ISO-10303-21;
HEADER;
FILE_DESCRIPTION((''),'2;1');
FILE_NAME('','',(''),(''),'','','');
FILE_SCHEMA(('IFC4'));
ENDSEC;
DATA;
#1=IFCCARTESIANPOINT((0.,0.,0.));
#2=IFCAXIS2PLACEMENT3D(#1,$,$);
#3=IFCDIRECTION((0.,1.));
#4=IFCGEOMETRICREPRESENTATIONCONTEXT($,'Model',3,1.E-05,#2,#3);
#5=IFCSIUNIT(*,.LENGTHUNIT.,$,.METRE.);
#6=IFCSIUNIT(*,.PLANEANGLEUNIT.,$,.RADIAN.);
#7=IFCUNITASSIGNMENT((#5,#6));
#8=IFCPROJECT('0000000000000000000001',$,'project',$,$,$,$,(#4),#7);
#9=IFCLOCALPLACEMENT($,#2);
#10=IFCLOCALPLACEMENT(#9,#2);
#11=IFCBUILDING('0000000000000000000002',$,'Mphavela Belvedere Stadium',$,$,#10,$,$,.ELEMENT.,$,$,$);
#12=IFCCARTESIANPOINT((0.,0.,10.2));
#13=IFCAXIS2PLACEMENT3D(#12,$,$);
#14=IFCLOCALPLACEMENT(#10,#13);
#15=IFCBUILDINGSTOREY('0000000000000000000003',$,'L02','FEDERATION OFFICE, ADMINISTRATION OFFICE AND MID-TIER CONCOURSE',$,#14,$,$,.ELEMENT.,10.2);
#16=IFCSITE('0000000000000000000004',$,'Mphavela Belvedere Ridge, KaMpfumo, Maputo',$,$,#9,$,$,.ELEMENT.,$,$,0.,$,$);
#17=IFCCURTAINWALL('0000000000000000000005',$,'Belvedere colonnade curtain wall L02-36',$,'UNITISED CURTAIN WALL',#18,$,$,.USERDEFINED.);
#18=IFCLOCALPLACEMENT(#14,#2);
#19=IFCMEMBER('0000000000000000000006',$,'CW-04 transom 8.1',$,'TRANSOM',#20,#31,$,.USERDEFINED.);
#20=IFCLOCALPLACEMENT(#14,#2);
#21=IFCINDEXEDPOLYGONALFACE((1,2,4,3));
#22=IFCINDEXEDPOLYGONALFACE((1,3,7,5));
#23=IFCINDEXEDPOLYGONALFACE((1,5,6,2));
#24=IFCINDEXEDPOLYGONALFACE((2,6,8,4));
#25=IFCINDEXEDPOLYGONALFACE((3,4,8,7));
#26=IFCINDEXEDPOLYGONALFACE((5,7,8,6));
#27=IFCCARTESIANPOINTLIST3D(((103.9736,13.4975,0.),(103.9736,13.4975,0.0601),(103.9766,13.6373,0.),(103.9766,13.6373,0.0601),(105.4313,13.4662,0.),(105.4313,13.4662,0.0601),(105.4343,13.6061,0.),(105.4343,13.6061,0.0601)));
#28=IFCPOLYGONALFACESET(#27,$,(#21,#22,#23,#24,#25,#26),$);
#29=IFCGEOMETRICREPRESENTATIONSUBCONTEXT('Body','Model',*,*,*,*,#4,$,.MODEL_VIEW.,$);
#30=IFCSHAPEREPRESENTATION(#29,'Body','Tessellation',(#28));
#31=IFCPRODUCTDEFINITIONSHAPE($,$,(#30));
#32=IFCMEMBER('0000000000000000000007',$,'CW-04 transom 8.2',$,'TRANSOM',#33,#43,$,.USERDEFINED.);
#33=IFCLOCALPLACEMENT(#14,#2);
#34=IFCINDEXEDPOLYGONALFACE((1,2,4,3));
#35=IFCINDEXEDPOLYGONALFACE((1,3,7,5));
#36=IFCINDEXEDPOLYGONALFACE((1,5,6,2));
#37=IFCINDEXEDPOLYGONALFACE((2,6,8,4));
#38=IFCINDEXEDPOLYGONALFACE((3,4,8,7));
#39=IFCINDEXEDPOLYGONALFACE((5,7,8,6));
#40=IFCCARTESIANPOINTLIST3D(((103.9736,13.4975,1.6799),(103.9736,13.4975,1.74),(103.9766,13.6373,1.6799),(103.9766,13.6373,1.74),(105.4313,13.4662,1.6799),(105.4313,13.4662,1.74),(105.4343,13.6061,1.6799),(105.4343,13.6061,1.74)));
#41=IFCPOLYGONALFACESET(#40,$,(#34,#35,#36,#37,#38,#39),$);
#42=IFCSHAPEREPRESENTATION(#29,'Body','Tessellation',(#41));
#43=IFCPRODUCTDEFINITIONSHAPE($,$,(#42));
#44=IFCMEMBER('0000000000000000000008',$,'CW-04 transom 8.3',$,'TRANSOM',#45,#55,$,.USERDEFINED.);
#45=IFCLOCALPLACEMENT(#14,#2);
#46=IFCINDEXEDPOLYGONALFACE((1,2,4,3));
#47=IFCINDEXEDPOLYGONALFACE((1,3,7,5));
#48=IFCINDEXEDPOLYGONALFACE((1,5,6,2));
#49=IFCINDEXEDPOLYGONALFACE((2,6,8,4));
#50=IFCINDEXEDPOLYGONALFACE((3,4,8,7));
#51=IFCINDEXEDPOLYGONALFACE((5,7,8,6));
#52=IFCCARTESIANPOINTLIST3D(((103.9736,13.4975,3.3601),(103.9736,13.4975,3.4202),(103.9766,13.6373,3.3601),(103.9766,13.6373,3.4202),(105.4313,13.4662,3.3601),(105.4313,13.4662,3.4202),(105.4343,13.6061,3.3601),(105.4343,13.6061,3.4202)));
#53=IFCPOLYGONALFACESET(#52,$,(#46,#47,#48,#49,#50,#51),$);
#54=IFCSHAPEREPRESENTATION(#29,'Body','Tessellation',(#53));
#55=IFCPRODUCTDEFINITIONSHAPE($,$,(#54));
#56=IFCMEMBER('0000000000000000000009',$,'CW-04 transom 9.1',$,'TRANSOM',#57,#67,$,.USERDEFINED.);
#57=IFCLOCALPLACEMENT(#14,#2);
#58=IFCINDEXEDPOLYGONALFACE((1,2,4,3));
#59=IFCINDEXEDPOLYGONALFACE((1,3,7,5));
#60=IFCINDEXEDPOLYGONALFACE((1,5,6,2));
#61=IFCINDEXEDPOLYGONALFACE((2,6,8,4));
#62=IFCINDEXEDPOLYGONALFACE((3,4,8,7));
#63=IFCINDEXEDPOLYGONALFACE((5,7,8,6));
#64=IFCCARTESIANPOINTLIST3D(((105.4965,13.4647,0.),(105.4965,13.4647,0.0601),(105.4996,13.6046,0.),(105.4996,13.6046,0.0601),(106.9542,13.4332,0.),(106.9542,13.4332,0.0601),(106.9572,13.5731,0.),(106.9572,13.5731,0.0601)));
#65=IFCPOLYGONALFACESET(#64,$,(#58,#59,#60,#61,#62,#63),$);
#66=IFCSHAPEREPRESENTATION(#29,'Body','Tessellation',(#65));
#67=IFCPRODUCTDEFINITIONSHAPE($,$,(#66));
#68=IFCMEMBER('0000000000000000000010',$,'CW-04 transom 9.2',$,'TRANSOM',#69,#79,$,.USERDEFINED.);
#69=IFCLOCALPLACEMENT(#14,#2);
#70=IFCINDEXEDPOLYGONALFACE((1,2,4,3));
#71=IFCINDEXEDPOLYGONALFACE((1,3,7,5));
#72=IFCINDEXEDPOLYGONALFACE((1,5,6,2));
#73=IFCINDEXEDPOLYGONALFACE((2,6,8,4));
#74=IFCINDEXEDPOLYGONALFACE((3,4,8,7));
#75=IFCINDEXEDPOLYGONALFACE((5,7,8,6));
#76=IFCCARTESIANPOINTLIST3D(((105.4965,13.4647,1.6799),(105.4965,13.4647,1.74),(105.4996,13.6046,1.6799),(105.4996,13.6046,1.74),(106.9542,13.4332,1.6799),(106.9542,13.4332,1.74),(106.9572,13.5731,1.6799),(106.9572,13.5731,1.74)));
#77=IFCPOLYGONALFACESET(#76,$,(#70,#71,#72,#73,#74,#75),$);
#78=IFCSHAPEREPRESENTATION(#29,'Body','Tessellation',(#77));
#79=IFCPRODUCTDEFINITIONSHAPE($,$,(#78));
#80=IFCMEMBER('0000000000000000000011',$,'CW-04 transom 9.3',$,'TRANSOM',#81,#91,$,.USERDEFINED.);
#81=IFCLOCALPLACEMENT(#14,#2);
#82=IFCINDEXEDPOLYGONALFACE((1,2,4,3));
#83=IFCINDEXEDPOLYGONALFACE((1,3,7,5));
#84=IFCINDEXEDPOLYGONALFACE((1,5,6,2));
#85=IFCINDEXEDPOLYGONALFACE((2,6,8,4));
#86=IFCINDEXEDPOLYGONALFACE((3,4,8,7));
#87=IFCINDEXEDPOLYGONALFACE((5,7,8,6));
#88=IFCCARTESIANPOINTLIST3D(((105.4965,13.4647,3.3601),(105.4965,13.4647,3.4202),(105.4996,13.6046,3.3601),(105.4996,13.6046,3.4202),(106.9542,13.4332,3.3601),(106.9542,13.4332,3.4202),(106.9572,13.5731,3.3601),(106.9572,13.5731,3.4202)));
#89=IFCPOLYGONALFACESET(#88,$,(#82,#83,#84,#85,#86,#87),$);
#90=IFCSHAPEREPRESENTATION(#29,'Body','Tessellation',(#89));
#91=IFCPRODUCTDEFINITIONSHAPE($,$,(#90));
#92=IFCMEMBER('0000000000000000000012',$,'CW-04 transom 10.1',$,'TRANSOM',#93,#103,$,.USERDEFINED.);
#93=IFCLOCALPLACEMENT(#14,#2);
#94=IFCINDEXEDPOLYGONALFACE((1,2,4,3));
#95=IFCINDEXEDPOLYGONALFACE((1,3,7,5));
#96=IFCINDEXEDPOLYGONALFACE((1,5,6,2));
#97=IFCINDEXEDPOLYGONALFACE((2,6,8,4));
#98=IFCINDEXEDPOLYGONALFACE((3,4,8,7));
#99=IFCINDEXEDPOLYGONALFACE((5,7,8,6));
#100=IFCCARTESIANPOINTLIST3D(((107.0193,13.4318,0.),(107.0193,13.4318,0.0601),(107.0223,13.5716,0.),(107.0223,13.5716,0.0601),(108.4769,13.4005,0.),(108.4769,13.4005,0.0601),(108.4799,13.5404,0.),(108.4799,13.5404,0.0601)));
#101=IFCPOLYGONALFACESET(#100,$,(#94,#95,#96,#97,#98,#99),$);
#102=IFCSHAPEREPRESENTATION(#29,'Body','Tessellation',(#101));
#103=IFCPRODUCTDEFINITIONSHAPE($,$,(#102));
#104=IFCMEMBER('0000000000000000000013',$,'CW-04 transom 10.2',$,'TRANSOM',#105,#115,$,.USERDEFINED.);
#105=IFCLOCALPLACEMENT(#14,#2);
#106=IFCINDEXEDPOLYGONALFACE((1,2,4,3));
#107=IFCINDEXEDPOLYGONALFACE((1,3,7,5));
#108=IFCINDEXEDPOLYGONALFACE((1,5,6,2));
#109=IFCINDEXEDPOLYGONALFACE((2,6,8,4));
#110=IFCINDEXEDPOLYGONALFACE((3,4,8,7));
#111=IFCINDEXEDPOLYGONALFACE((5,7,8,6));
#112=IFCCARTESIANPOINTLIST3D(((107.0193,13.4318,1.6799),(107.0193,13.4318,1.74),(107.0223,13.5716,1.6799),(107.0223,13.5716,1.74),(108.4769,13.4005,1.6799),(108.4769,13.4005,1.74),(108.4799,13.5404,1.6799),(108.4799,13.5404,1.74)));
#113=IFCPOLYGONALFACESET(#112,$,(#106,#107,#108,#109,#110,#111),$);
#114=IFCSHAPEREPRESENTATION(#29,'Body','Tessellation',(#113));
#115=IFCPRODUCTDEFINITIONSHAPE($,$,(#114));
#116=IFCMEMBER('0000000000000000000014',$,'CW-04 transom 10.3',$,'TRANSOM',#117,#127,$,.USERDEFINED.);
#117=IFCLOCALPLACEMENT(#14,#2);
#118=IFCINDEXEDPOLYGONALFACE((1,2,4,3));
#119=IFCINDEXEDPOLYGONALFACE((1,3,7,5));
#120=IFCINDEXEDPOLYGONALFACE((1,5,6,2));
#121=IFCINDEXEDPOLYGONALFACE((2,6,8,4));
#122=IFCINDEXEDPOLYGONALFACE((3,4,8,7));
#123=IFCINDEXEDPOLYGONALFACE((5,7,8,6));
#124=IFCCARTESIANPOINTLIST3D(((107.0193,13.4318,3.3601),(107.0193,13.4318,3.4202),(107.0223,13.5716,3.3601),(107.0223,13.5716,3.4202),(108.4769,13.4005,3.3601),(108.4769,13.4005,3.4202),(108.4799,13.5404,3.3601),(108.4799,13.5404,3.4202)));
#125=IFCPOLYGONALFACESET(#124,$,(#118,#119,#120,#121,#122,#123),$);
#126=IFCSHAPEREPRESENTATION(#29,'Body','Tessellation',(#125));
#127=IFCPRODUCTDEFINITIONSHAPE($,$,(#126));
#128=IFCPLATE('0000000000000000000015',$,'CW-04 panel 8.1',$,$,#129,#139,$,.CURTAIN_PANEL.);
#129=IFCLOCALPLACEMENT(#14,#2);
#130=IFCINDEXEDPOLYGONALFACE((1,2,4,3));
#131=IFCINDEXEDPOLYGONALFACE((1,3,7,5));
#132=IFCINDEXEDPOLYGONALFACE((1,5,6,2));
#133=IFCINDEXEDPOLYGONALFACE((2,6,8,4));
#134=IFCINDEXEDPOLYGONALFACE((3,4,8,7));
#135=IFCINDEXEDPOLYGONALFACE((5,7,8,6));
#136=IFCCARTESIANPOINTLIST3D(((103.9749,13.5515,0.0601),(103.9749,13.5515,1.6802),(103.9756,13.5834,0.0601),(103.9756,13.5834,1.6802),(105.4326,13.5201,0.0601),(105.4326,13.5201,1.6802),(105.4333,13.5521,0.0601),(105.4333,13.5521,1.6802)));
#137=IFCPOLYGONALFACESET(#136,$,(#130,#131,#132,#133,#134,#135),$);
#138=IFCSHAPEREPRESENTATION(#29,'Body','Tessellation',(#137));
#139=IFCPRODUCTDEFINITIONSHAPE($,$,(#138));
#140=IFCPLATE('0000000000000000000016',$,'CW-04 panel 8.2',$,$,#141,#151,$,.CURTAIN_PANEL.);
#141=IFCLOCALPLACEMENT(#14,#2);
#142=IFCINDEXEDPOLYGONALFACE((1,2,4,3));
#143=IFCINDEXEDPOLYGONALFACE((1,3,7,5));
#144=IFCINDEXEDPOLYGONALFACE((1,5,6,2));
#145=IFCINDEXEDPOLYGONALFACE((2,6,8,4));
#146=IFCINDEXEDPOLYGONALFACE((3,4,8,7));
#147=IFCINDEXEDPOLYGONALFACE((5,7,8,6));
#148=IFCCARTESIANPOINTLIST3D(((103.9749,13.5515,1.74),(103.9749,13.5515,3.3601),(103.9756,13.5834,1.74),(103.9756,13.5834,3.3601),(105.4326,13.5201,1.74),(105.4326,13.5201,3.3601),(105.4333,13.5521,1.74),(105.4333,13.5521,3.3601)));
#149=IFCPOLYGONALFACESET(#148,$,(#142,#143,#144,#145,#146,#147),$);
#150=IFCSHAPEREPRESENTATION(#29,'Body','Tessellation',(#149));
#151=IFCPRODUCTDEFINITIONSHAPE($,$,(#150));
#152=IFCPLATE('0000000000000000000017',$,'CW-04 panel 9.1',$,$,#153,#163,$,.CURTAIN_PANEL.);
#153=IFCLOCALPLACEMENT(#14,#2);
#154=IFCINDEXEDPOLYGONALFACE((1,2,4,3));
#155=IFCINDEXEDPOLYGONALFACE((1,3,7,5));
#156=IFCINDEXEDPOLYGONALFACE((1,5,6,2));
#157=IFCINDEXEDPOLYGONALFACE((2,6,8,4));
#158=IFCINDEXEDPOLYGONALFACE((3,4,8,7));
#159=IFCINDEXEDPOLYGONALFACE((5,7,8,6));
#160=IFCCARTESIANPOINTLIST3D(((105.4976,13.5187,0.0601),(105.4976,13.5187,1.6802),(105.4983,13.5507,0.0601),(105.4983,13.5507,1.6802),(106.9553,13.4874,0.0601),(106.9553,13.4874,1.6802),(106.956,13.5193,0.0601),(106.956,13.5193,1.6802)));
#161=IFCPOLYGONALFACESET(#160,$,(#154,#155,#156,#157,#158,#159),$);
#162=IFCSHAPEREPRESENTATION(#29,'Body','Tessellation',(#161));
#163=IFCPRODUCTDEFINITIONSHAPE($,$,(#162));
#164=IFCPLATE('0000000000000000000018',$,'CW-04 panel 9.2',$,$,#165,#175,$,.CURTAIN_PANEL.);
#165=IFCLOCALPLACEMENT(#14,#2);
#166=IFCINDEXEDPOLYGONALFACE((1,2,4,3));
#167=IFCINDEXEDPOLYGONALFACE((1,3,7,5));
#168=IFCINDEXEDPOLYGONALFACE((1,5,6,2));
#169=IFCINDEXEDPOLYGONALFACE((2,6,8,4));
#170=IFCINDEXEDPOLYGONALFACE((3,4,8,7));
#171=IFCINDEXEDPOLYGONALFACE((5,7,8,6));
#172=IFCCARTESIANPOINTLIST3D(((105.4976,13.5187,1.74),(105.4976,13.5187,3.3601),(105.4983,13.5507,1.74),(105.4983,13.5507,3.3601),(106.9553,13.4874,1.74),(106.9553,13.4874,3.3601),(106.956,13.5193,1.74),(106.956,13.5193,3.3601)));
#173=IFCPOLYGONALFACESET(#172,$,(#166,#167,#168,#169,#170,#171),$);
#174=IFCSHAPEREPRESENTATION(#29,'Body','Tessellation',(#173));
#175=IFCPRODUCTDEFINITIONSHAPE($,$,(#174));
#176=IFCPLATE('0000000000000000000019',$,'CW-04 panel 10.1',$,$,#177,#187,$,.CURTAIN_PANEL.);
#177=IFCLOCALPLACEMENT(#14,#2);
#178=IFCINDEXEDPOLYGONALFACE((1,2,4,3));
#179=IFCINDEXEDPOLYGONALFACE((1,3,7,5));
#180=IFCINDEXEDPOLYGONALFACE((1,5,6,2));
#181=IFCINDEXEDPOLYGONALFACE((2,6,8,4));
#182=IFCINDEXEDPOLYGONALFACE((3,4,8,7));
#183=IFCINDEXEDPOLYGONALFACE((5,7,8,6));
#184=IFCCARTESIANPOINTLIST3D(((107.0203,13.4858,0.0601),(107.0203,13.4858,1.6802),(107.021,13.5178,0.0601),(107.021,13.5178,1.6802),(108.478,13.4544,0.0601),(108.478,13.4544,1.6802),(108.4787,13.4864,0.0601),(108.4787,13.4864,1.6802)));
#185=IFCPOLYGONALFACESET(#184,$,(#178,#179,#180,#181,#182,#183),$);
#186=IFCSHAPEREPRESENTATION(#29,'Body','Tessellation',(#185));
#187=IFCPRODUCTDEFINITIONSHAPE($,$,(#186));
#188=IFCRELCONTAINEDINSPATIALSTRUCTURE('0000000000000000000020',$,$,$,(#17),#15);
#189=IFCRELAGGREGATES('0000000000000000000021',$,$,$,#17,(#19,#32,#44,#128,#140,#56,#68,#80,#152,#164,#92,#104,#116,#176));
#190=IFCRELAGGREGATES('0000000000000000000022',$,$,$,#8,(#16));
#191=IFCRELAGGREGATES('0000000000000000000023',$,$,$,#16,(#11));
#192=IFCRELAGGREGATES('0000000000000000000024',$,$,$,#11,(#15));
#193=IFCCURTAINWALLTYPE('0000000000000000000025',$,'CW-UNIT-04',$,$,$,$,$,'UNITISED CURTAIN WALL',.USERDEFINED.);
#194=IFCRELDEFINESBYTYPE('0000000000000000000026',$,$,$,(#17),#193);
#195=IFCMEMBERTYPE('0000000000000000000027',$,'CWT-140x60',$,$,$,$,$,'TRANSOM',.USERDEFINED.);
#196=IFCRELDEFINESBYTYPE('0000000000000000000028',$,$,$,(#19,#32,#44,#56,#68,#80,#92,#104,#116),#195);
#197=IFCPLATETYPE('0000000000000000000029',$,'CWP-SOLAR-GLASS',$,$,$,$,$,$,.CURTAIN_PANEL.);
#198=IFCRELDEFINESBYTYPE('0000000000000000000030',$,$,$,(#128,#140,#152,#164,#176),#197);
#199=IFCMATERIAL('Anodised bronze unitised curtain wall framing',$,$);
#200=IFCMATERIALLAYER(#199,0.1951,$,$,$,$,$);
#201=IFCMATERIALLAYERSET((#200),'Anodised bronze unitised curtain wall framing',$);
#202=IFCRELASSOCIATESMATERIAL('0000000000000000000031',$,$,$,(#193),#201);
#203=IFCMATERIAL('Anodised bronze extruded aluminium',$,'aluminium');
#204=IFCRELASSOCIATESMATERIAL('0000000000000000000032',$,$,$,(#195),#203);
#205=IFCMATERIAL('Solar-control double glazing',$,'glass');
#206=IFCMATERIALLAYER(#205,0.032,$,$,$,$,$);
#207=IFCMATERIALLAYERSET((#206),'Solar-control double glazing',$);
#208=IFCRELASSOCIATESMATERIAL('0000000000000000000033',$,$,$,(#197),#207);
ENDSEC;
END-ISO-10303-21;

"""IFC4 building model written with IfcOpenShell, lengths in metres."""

from ifc_helpers import new_model, si_unit, direction, frame, origin, origin_2d, place, context, subcontext, project, spatial, rectangle, extrude, material, layer, layer_set, material_profile, profile_set, type_object, element, aggregate, save


model = new_model("IFC4")

# Units and contexts
model_context = context("Model", 3, precision=1e-05, world=origin(), true_north=direction((0.0, 1.0)))
body_context = subcontext(model_context, "Body", "Model", "MODEL_VIEW")
ifc_project = project(units=[si_unit("LENGTHUNIT", "METRE"), si_unit("PLANEANGLEUNIT", "RADIAN")], contexts=[model_context])

# Site, building, storey
site_placement = place(None, origin())
site = spatial("IfcSite", under=ifc_project, at=site_placement, Name="Mphavela Belvedere Ridge, KaMpfumo, Maputo", CompositionType="ELEMENT", RefElevation=0.0)
building_placement = place(site_placement, origin())
building = spatial("IfcBuilding", under=site, at=building_placement, Name="Mphavela Belvedere Stadium", CompositionType="ELEMENT")
storey_placement = place(building_placement, frame((0.0, 0.0, 10.2)))
storey = spatial("IfcBuildingStorey", under=building, at=storey_placement, Name="L02", Description="FEDERATION OFFICE, ADMINISTRATION OFFICE AND MID-TIER CONCOURSE", CompositionType="ELEMENT", Elevation=10.2)

# Curtain wall, members, plates
ifc_material_1 = material(Name="Anodised bronze unitised curtain wall framing")
ifc_layer_1 = layer(ifc_material_1, 0.1951)
ifc_layer_set_1 = layer_set([ifc_layer_1], Name="Anodised bronze unitised curtain wall framing")
curtain_wall_type = type_object("IfcCurtainWallType", Name="CW-UNIT-04", ElementType="UNITISED CURTAIN WALL", PredefinedType="USERDEFINED", material=ifc_layer_set_1)
curtain_wall_placement = place(storey_placement, origin())
curtain_wall = element("IfcCurtainWall", 1, at=curtain_wall_placement, inside=storey, type_object=curtain_wall_type, Name="Belvedere colonnade curtain wall L02-36", ObjectType="UNITISED CURTAIN WALL", PredefinedType="USERDEFINED")
ifc_material_2 = material(Name="Anodised bronze extruded aluminium", Category="aluminium")
ifc_material_profile_1 = material_profile(ifc_material_2, rectangle(XDim=0.1399, YDim=0.0601, at=origin_2d()), Name="CW-TRN 140x60")
ifc_profile_set_1 = profile_set([ifc_material_profile_1], Name="Anodised bronze extruded aluminium")
member_type_1 = type_object("IfcMemberType", Name="CWT-140x60", ElementType="TRANSOM", PredefinedType="USERDEFINED", material=ifc_profile_set_1)
member_1_placement = place(storey_placement, frame((103.9751, 13.5674, 0.03), z_axis=(0.99977, -0.021432, 0.0), x_axis=(0.021432, 0.99977, 0.0)))
member_1 = element("IfcMember", 2, at=member_1_placement, type_object=member_type_1, Name="CW-04 transom 8.1", ObjectType="TRANSOM", PredefinedType="USERDEFINED", context=body_context, shape_type="SweptSolid", body=[
    extrude(rectangle(XDim=0.1399, YDim=0.0601, at=origin_2d()), origin(), (0.0, 0.0, 1.0), 1.458),
])
member_2_placement = place(storey_placement, frame((103.9751, 13.5674, 1.71), z_axis=(0.99977, -0.021432, 0.0), x_axis=(0.021432, 0.99977, 0.0)))
member_2 = element("IfcMember", 3, at=member_2_placement, type_object=member_type_1, Name="CW-04 transom 8.2", ObjectType="TRANSOM", PredefinedType="USERDEFINED", context=body_context, shape_type="SweptSolid", body=[
    extrude(rectangle(XDim=0.1399, YDim=0.0601, at=origin_2d()), origin(), (0.0, 0.0, 1.0), 1.458),
])
member_3_placement = place(storey_placement, frame((103.9751, 13.5674, 3.3901), z_axis=(0.99977, -0.021432, 0.0), x_axis=(0.021432, 0.99977, 0.0)))
member_3 = element("IfcMember", 4, at=member_3_placement, type_object=member_type_1, Name="CW-04 transom 8.3", ObjectType="TRANSOM", PredefinedType="USERDEFINED", context=body_context, shape_type="SweptSolid", body=[
    extrude(rectangle(XDim=0.1399, YDim=0.0601, at=origin_2d()), origin(), (0.0, 0.0, 1.0), 1.458),
])
member_4_placement = place(storey_placement, frame((105.498, 13.5347, 0.03), z_axis=(0.999767, -0.021599, 0.0), x_axis=(0.021599, 0.999767, 0.0)))
member_4 = element("IfcMember", 5, at=member_4_placement, type_object=member_type_1, Name="CW-04 transom 9.1", ObjectType="TRANSOM", PredefinedType="USERDEFINED", context=body_context, shape_type="SweptSolid", body=[
    extrude(rectangle(XDim=0.1399, YDim=0.0601, at=origin_2d()), origin(), (0.0, 0.0, 1.0), 1.458),
])
member_5_placement = place(storey_placement, frame((105.498, 13.5347, 1.71), z_axis=(0.999767, -0.021599, 0.0), x_axis=(0.021599, 0.999767, 0.0)))
member_5 = element("IfcMember", 6, at=member_5_placement, type_object=member_type_1, Name="CW-04 transom 9.2", ObjectType="TRANSOM", PredefinedType="USERDEFINED", context=body_context, shape_type="SweptSolid", body=[
    extrude(rectangle(XDim=0.1399, YDim=0.0601, at=origin_2d()), origin(), (0.0, 0.0, 1.0), 1.458),
])
member_6_placement = place(storey_placement, frame((105.498, 13.5347, 3.3901), z_axis=(0.999767, -0.021599, 0.0), x_axis=(0.021599, 0.999767, 0.0)))
member_6 = element("IfcMember", 7, at=member_6_placement, type_object=member_type_1, Name="CW-04 transom 9.3", ObjectType="TRANSOM", PredefinedType="USERDEFINED", context=body_context, shape_type="SweptSolid", body=[
    extrude(rectangle(XDim=0.1399, YDim=0.0601, at=origin_2d()), origin(), (0.0, 0.0, 1.0), 1.458),
])
member_7_placement = place(storey_placement, frame((107.0208, 13.5017, 0.03), z_axis=(0.99977, -0.021432, 0.0), x_axis=(0.021432, 0.99977, 0.0)))
member_7 = element("IfcMember", 8, at=member_7_placement, type_object=member_type_1, Name="CW-04 transom 10.1", ObjectType="TRANSOM", PredefinedType="USERDEFINED", context=body_context, shape_type="SweptSolid", body=[
    extrude(rectangle(XDim=0.1399, YDim=0.0601, at=origin_2d()), origin(), (0.0, 0.0, 1.0), 1.458),
])
member_8_placement = place(storey_placement, frame((107.0208, 13.5017, 1.71), z_axis=(0.99977, -0.021432, 0.0), x_axis=(0.021432, 0.99977, 0.0)))
member_8 = element("IfcMember", 9, at=member_8_placement, type_object=member_type_1, Name="CW-04 transom 10.2", ObjectType="TRANSOM", PredefinedType="USERDEFINED", context=body_context, shape_type="SweptSolid", body=[
    extrude(rectangle(XDim=0.1399, YDim=0.0601, at=origin_2d()), origin(), (0.0, 0.0, 1.0), 1.458),
])
member_9_placement = place(storey_placement, frame((107.0208, 13.5017, 3.3901), z_axis=(0.99977, -0.021432, 0.0), x_axis=(0.021432, 0.99977, 0.0)))
member_9 = element("IfcMember", 10, at=member_9_placement, type_object=member_type_1, Name="CW-04 transom 10.3", ObjectType="TRANSOM", PredefinedType="USERDEFINED", context=body_context, shape_type="SweptSolid", body=[
    extrude(rectangle(XDim=0.1399, YDim=0.0601, at=origin_2d()), origin(), (0.0, 0.0, 1.0), 1.458),
])
ifc_material_3 = material(Name="Solar-control double glazing", Category="glass")
ifc_layer_2 = layer(ifc_material_3, 0.032)
ifc_layer_set_2 = layer_set([ifc_layer_2], Name="Solar-control double glazing")
plate_type = type_object("IfcPlateType", Name="CWP-SOLAR-GLASS", PredefinedType="CURTAIN_PANEL", material=ifc_layer_set_2)
plate_1_placement = place(storey_placement, frame((104.7041, 13.5518, 0.0601), z_axis=(0.0, 0.0, 1.0), x_axis=(0.999768, -0.021525, 0.0)))
plate_1 = element("IfcPlate", 11, at=plate_1_placement, type_object=plate_type, Name="CW-04 panel 8.1", PredefinedType="CURTAIN_PANEL", context=body_context, shape_type="SweptSolid", body=[
    extrude(rectangle(XDim=1.458, YDim=0.032, at=origin_2d()), origin(), (0.0, 0.0, 1.0), 1.6201),
])
plate_2_placement = place(storey_placement, frame((104.7041, 13.5518, 1.74), z_axis=(0.0, 0.0, 1.0), x_axis=(0.999768, -0.021525, 0.0)))
plate_2 = element("IfcPlate", 12, at=plate_2_placement, type_object=plate_type, Name="CW-04 panel 8.2", PredefinedType="CURTAIN_PANEL", context=body_context, shape_type="SweptSolid", body=[
    extrude(rectangle(XDim=1.458, YDim=0.032, at=origin_2d()), origin(), (0.0, 0.0, 1.0), 1.6201),
])
plate_3_placement = place(storey_placement, frame((106.2268, 13.519, 0.0601), z_axis=(0.0, 0.0, 1.0), x_axis=(0.999768, -0.021525, 0.0)))
plate_3 = element("IfcPlate", 13, at=plate_3_placement, type_object=plate_type, Name="CW-04 panel 9.1", PredefinedType="CURTAIN_PANEL", context=body_context, shape_type="SweptSolid", body=[
    extrude(rectangle(XDim=1.458, YDim=0.032, at=origin_2d()), origin(), (0.0, 0.0, 1.0), 1.6201),
])
plate_4_placement = place(storey_placement, frame((106.2268, 13.519, 1.74), z_axis=(0.0, 0.0, 1.0), x_axis=(0.999768, -0.021525, 0.0)))
plate_4 = element("IfcPlate", 14, at=plate_4_placement, type_object=plate_type, Name="CW-04 panel 9.2", PredefinedType="CURTAIN_PANEL", context=body_context, shape_type="SweptSolid", body=[
    extrude(rectangle(XDim=1.458, YDim=0.032, at=origin_2d()), origin(), (0.0, 0.0, 1.0), 1.6201),
])
plate_5_placement = place(storey_placement, frame((107.7495, 13.4861, 0.0601), z_axis=(0.0, 0.0, 1.0), x_axis=(0.999768, -0.021525, 0.0)))
plate_5 = element("IfcPlate", 15, at=plate_5_placement, type_object=plate_type, Name="CW-04 panel 10.1", PredefinedType="CURTAIN_PANEL", context=body_context, shape_type="SweptSolid", body=[
    extrude(rectangle(XDim=1.458, YDim=0.032, at=origin_2d()), origin(), (0.0, 0.0, 1.0), 1.6201),
])
aggregate(curtain_wall, [member_1, member_2, member_3, plate_1, plate_2, member_4, member_5, member_6, plate_3, plate_4, member_7, member_8, member_9, plate_5])

save(model, "model.ifc")
